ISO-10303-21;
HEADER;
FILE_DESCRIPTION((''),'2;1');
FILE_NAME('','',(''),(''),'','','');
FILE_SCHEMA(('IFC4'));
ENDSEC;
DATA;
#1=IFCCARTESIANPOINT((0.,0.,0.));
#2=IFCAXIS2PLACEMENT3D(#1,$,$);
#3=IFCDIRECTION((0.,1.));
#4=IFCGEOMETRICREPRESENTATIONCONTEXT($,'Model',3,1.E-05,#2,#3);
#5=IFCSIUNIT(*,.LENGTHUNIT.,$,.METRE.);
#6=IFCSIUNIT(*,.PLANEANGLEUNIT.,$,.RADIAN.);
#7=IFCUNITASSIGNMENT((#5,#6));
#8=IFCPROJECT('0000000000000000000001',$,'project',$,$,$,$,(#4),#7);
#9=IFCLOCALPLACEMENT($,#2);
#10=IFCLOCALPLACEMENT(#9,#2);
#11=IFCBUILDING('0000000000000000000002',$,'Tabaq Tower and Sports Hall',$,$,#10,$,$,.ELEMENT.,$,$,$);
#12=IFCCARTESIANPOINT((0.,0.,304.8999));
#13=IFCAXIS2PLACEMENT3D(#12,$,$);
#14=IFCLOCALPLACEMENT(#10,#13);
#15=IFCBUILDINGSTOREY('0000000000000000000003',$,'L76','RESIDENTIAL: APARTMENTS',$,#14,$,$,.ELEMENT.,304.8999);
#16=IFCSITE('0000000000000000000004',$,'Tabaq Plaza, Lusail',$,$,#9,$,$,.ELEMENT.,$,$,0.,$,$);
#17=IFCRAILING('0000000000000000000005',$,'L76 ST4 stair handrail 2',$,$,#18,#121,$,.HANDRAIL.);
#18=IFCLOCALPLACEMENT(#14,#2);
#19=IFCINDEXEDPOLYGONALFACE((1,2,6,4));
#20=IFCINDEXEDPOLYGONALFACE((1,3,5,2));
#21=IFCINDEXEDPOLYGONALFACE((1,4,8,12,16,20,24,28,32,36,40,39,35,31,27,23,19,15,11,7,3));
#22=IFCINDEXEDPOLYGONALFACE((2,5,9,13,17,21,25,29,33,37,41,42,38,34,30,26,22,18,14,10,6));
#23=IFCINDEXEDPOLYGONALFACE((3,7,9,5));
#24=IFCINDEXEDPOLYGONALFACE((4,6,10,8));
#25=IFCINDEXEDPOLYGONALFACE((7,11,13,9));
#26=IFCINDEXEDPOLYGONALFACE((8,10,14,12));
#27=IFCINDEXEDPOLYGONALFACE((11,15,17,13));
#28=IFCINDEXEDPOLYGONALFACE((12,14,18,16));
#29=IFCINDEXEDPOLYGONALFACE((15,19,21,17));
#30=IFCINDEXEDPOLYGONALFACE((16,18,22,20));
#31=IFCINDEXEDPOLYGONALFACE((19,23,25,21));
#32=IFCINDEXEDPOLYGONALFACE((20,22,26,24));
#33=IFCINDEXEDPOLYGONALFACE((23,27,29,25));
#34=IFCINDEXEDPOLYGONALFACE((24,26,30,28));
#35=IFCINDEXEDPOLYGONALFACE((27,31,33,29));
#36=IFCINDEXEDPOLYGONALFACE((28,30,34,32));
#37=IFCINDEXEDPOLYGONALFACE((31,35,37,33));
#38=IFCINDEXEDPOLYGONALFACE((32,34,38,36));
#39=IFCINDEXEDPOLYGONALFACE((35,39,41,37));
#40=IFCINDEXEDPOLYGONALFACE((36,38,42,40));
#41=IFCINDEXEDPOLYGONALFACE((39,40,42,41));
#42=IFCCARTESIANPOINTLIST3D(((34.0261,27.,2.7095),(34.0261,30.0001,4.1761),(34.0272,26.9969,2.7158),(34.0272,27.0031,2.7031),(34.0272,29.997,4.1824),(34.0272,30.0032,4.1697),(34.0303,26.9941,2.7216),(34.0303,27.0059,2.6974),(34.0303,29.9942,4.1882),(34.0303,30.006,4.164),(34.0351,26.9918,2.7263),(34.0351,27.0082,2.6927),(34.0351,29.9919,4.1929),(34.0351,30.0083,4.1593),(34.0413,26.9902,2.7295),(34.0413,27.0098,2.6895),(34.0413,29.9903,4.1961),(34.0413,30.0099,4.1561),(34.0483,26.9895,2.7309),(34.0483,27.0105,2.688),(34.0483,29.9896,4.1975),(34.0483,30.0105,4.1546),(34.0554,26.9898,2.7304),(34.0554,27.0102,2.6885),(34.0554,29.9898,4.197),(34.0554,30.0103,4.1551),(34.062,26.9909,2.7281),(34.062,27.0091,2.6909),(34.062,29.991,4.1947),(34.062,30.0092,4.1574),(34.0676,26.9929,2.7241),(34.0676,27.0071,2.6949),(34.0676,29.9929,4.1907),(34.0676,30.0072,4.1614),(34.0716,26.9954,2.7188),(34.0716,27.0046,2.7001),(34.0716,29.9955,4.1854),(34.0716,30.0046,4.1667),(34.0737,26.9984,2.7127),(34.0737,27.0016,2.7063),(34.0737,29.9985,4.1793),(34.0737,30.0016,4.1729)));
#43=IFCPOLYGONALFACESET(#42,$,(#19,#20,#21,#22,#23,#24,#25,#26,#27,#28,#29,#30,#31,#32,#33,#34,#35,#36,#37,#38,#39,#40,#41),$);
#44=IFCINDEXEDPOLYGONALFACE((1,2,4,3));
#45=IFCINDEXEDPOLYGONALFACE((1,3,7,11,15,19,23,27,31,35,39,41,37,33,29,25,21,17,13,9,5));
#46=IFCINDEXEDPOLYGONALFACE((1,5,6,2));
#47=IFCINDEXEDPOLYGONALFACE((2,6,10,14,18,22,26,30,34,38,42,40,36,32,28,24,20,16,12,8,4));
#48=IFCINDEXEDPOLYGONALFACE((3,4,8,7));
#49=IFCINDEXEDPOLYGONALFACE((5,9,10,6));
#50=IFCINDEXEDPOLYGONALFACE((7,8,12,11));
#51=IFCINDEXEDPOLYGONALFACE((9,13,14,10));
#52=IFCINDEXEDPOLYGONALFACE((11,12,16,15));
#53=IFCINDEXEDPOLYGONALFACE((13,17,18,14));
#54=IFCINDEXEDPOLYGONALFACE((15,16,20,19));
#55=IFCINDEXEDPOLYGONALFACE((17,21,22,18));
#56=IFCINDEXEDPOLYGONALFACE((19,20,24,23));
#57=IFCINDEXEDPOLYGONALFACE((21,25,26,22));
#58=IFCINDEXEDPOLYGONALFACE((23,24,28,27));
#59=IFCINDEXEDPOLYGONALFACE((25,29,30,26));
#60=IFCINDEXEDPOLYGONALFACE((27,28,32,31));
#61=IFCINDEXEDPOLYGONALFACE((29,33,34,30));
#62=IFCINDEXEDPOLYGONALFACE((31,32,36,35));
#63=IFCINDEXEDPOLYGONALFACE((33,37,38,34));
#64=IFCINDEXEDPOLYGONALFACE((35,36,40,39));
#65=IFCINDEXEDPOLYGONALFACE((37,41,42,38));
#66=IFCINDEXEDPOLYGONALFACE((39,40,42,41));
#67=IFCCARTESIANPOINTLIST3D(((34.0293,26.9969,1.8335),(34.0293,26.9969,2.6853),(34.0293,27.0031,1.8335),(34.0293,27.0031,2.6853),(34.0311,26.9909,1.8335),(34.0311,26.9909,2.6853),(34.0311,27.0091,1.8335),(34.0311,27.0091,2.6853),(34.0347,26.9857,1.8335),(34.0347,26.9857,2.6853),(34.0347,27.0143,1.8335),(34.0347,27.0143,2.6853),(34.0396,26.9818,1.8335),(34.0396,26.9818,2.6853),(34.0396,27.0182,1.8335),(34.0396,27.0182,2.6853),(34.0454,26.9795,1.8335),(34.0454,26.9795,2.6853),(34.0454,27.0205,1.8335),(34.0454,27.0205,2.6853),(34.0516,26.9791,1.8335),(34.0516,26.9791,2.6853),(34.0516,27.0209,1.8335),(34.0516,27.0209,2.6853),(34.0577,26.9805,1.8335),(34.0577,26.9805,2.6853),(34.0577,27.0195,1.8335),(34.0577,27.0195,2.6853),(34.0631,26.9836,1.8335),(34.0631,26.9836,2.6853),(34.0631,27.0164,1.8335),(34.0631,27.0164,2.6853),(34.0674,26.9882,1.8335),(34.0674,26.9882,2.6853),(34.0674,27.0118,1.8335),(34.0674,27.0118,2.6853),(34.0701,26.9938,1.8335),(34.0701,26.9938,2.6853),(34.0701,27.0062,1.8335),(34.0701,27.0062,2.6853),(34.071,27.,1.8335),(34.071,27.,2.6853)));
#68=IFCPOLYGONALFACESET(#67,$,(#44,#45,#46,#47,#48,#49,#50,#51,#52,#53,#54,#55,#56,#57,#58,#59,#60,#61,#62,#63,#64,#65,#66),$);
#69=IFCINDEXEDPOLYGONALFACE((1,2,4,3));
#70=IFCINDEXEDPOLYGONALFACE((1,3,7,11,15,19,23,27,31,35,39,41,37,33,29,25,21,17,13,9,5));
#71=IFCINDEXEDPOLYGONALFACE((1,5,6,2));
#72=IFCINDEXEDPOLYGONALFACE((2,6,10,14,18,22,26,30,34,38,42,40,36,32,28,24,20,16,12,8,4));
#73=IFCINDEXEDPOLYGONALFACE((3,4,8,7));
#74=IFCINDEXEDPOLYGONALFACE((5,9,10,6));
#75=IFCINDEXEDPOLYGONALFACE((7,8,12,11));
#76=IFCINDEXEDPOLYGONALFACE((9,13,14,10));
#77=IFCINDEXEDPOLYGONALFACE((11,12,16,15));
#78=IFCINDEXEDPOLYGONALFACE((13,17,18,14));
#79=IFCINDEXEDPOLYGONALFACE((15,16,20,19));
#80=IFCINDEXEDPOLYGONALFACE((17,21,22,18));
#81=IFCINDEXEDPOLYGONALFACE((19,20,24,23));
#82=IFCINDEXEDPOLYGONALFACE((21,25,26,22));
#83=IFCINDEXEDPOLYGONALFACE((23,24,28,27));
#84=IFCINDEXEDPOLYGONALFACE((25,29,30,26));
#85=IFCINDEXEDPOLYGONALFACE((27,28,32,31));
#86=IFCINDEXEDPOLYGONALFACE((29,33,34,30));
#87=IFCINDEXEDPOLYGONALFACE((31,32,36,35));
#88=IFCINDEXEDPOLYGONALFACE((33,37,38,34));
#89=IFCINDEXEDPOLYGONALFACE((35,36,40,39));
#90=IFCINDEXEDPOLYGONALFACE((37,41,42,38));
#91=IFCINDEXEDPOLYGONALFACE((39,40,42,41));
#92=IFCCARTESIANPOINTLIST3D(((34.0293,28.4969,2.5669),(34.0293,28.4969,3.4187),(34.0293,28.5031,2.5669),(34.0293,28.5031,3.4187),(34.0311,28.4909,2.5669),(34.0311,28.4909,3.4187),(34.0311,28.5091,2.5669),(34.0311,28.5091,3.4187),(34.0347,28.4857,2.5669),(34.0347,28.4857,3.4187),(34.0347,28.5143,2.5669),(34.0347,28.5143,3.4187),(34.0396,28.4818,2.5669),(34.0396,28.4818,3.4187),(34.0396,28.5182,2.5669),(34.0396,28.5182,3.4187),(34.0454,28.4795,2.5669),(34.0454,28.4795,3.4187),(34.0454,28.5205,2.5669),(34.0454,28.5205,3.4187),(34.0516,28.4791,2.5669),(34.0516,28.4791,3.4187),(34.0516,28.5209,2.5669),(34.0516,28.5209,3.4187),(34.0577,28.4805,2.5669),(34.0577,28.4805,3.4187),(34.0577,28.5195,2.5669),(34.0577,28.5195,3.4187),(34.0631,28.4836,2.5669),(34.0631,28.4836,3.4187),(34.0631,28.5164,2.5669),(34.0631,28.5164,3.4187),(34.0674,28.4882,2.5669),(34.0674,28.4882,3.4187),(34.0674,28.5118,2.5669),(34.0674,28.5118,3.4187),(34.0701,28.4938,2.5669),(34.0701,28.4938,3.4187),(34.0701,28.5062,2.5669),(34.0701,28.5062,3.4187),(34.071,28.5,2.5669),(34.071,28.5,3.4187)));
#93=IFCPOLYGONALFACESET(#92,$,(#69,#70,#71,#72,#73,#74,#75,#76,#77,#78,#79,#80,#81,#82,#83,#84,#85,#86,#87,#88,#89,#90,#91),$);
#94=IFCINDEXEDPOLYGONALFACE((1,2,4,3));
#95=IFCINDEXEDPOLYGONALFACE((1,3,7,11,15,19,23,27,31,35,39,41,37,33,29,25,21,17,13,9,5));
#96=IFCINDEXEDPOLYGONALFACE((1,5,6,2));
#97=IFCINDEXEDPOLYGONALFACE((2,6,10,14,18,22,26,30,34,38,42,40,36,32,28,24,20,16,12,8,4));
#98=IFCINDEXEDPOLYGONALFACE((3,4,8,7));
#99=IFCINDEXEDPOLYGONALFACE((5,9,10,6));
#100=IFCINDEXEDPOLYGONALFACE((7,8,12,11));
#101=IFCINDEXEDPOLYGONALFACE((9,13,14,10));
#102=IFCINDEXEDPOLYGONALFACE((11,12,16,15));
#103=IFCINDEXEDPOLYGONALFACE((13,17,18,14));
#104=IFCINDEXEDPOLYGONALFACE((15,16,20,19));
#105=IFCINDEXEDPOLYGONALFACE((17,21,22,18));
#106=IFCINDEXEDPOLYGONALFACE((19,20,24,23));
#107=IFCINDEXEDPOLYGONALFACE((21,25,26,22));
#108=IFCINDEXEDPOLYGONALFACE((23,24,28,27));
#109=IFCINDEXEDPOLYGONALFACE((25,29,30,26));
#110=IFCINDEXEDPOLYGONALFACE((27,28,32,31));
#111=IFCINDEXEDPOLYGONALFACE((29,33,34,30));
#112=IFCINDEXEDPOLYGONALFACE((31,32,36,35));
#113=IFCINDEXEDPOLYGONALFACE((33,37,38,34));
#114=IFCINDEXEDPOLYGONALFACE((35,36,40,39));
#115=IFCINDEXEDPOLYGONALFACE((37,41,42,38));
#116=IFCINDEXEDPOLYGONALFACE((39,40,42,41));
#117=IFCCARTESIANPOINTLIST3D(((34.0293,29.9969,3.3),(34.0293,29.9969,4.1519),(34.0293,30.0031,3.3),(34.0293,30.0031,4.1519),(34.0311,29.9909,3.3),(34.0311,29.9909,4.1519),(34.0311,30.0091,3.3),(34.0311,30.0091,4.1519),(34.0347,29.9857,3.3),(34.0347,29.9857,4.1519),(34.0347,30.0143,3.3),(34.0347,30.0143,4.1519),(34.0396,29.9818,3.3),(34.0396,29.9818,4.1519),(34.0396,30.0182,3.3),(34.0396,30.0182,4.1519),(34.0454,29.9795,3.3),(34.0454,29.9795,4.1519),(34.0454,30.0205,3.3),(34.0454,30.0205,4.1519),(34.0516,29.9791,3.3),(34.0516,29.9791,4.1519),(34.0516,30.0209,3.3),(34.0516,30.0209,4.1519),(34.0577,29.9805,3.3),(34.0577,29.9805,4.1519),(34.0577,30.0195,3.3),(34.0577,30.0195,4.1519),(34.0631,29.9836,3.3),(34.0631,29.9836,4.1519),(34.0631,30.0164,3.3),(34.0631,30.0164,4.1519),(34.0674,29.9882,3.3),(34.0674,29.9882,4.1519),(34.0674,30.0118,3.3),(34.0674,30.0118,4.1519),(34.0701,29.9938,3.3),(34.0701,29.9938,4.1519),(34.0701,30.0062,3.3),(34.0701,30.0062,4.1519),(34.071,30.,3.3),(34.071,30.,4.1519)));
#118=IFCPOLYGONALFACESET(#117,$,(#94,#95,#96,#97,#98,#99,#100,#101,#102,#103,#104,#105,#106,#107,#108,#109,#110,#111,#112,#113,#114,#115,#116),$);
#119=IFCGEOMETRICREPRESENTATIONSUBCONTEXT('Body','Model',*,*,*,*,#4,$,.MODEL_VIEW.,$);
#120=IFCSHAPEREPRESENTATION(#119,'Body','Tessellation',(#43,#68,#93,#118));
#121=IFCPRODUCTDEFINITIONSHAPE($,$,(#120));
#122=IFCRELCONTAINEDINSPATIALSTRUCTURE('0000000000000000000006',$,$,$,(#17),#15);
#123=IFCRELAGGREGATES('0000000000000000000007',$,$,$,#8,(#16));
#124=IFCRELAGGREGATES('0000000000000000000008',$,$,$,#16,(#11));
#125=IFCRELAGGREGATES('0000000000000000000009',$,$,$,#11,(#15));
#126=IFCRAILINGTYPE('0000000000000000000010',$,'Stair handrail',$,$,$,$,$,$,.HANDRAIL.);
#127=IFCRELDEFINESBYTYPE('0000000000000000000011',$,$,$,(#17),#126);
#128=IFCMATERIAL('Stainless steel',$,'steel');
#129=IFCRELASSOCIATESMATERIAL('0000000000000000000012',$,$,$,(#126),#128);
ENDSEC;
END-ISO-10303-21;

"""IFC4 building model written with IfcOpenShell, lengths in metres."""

from ifc_helpers import new_model, si_unit, direction, frame, origin, origin_2d, place, context, subcontext, project, spatial, circle, extrude, material, type_object, element, save


model = new_model("IFC4")

# Units and contexts
model_context = context("Model", 3, precision=1e-05, world=origin(), true_north=direction((0.0, 1.0)))
body_context = subcontext(model_context, "Body", "Model", "MODEL_VIEW")
ifc_project = project(units=[si_unit("LENGTHUNIT", "METRE"), si_unit("PLANEANGLEUNIT", "RADIAN")], contexts=[model_context])

# Site, building, storey
site_placement = place(None, origin())
site = spatial("IfcSite", under=ifc_project, at=site_placement, Name="Tabaq Plaza, Lusail", CompositionType="ELEMENT", RefElevation=0.0)
building_placement = place(site_placement, origin())
building = spatial("IfcBuilding", under=site, at=building_placement, Name="Tabaq Tower and Sports Hall", CompositionType="ELEMENT")
storey_placement = place(building_placement, frame((0.0, 0.0, 304.8999)))
storey = spatial("IfcBuildingStorey", under=building, at=storey_placement, Name="L76", Description="RESIDENTIAL: APARTMENTS", CompositionType="ELEMENT", Elevation=304.8999)

# Railing
ifc_material_1 = material(Name="Stainless steel", Category="steel")
railing_type = type_object("IfcRailingType", Name="Stair handrail", PredefinedType="HANDRAIL", material=ifc_material_1)
railing_1_placement = place(storey_placement, frame((34.05, 27.0, 1.8335)))
element("IfcRailing", 1, at=railing_1_placement, inside=storey, type_object=railing_type, Name="L76 ST4 stair handrail 2", PredefinedType="HANDRAIL", context=body_context, shape_type="SweptSolid", body=[
    extrude(circle(Radius=0.0239, at=origin_2d()), frame((0.0, 0.0, 0.876), z_axis=(0.0, 0.898398, 0.439183), x_axis=(-1.0, 0.0, 0.0)), (0.0, 0.0, 1.0), 3.3394),
    extrude(circle(Radius=0.021, at=origin_2d()), origin(), (0.0, 0.0, 1.0), 0.8518),
    extrude(circle(Radius=0.021, at=origin_2d()), frame((0.0, 1.5, 0.7334)), (0.0, 0.0, 1.0), 0.8518),
    extrude(circle(Radius=0.021, at=origin_2d()), frame((0.0, 3.0, 1.4666)), (0.0, 0.0, 1.0), 0.8518),
])

save(model, "model.ifc")
